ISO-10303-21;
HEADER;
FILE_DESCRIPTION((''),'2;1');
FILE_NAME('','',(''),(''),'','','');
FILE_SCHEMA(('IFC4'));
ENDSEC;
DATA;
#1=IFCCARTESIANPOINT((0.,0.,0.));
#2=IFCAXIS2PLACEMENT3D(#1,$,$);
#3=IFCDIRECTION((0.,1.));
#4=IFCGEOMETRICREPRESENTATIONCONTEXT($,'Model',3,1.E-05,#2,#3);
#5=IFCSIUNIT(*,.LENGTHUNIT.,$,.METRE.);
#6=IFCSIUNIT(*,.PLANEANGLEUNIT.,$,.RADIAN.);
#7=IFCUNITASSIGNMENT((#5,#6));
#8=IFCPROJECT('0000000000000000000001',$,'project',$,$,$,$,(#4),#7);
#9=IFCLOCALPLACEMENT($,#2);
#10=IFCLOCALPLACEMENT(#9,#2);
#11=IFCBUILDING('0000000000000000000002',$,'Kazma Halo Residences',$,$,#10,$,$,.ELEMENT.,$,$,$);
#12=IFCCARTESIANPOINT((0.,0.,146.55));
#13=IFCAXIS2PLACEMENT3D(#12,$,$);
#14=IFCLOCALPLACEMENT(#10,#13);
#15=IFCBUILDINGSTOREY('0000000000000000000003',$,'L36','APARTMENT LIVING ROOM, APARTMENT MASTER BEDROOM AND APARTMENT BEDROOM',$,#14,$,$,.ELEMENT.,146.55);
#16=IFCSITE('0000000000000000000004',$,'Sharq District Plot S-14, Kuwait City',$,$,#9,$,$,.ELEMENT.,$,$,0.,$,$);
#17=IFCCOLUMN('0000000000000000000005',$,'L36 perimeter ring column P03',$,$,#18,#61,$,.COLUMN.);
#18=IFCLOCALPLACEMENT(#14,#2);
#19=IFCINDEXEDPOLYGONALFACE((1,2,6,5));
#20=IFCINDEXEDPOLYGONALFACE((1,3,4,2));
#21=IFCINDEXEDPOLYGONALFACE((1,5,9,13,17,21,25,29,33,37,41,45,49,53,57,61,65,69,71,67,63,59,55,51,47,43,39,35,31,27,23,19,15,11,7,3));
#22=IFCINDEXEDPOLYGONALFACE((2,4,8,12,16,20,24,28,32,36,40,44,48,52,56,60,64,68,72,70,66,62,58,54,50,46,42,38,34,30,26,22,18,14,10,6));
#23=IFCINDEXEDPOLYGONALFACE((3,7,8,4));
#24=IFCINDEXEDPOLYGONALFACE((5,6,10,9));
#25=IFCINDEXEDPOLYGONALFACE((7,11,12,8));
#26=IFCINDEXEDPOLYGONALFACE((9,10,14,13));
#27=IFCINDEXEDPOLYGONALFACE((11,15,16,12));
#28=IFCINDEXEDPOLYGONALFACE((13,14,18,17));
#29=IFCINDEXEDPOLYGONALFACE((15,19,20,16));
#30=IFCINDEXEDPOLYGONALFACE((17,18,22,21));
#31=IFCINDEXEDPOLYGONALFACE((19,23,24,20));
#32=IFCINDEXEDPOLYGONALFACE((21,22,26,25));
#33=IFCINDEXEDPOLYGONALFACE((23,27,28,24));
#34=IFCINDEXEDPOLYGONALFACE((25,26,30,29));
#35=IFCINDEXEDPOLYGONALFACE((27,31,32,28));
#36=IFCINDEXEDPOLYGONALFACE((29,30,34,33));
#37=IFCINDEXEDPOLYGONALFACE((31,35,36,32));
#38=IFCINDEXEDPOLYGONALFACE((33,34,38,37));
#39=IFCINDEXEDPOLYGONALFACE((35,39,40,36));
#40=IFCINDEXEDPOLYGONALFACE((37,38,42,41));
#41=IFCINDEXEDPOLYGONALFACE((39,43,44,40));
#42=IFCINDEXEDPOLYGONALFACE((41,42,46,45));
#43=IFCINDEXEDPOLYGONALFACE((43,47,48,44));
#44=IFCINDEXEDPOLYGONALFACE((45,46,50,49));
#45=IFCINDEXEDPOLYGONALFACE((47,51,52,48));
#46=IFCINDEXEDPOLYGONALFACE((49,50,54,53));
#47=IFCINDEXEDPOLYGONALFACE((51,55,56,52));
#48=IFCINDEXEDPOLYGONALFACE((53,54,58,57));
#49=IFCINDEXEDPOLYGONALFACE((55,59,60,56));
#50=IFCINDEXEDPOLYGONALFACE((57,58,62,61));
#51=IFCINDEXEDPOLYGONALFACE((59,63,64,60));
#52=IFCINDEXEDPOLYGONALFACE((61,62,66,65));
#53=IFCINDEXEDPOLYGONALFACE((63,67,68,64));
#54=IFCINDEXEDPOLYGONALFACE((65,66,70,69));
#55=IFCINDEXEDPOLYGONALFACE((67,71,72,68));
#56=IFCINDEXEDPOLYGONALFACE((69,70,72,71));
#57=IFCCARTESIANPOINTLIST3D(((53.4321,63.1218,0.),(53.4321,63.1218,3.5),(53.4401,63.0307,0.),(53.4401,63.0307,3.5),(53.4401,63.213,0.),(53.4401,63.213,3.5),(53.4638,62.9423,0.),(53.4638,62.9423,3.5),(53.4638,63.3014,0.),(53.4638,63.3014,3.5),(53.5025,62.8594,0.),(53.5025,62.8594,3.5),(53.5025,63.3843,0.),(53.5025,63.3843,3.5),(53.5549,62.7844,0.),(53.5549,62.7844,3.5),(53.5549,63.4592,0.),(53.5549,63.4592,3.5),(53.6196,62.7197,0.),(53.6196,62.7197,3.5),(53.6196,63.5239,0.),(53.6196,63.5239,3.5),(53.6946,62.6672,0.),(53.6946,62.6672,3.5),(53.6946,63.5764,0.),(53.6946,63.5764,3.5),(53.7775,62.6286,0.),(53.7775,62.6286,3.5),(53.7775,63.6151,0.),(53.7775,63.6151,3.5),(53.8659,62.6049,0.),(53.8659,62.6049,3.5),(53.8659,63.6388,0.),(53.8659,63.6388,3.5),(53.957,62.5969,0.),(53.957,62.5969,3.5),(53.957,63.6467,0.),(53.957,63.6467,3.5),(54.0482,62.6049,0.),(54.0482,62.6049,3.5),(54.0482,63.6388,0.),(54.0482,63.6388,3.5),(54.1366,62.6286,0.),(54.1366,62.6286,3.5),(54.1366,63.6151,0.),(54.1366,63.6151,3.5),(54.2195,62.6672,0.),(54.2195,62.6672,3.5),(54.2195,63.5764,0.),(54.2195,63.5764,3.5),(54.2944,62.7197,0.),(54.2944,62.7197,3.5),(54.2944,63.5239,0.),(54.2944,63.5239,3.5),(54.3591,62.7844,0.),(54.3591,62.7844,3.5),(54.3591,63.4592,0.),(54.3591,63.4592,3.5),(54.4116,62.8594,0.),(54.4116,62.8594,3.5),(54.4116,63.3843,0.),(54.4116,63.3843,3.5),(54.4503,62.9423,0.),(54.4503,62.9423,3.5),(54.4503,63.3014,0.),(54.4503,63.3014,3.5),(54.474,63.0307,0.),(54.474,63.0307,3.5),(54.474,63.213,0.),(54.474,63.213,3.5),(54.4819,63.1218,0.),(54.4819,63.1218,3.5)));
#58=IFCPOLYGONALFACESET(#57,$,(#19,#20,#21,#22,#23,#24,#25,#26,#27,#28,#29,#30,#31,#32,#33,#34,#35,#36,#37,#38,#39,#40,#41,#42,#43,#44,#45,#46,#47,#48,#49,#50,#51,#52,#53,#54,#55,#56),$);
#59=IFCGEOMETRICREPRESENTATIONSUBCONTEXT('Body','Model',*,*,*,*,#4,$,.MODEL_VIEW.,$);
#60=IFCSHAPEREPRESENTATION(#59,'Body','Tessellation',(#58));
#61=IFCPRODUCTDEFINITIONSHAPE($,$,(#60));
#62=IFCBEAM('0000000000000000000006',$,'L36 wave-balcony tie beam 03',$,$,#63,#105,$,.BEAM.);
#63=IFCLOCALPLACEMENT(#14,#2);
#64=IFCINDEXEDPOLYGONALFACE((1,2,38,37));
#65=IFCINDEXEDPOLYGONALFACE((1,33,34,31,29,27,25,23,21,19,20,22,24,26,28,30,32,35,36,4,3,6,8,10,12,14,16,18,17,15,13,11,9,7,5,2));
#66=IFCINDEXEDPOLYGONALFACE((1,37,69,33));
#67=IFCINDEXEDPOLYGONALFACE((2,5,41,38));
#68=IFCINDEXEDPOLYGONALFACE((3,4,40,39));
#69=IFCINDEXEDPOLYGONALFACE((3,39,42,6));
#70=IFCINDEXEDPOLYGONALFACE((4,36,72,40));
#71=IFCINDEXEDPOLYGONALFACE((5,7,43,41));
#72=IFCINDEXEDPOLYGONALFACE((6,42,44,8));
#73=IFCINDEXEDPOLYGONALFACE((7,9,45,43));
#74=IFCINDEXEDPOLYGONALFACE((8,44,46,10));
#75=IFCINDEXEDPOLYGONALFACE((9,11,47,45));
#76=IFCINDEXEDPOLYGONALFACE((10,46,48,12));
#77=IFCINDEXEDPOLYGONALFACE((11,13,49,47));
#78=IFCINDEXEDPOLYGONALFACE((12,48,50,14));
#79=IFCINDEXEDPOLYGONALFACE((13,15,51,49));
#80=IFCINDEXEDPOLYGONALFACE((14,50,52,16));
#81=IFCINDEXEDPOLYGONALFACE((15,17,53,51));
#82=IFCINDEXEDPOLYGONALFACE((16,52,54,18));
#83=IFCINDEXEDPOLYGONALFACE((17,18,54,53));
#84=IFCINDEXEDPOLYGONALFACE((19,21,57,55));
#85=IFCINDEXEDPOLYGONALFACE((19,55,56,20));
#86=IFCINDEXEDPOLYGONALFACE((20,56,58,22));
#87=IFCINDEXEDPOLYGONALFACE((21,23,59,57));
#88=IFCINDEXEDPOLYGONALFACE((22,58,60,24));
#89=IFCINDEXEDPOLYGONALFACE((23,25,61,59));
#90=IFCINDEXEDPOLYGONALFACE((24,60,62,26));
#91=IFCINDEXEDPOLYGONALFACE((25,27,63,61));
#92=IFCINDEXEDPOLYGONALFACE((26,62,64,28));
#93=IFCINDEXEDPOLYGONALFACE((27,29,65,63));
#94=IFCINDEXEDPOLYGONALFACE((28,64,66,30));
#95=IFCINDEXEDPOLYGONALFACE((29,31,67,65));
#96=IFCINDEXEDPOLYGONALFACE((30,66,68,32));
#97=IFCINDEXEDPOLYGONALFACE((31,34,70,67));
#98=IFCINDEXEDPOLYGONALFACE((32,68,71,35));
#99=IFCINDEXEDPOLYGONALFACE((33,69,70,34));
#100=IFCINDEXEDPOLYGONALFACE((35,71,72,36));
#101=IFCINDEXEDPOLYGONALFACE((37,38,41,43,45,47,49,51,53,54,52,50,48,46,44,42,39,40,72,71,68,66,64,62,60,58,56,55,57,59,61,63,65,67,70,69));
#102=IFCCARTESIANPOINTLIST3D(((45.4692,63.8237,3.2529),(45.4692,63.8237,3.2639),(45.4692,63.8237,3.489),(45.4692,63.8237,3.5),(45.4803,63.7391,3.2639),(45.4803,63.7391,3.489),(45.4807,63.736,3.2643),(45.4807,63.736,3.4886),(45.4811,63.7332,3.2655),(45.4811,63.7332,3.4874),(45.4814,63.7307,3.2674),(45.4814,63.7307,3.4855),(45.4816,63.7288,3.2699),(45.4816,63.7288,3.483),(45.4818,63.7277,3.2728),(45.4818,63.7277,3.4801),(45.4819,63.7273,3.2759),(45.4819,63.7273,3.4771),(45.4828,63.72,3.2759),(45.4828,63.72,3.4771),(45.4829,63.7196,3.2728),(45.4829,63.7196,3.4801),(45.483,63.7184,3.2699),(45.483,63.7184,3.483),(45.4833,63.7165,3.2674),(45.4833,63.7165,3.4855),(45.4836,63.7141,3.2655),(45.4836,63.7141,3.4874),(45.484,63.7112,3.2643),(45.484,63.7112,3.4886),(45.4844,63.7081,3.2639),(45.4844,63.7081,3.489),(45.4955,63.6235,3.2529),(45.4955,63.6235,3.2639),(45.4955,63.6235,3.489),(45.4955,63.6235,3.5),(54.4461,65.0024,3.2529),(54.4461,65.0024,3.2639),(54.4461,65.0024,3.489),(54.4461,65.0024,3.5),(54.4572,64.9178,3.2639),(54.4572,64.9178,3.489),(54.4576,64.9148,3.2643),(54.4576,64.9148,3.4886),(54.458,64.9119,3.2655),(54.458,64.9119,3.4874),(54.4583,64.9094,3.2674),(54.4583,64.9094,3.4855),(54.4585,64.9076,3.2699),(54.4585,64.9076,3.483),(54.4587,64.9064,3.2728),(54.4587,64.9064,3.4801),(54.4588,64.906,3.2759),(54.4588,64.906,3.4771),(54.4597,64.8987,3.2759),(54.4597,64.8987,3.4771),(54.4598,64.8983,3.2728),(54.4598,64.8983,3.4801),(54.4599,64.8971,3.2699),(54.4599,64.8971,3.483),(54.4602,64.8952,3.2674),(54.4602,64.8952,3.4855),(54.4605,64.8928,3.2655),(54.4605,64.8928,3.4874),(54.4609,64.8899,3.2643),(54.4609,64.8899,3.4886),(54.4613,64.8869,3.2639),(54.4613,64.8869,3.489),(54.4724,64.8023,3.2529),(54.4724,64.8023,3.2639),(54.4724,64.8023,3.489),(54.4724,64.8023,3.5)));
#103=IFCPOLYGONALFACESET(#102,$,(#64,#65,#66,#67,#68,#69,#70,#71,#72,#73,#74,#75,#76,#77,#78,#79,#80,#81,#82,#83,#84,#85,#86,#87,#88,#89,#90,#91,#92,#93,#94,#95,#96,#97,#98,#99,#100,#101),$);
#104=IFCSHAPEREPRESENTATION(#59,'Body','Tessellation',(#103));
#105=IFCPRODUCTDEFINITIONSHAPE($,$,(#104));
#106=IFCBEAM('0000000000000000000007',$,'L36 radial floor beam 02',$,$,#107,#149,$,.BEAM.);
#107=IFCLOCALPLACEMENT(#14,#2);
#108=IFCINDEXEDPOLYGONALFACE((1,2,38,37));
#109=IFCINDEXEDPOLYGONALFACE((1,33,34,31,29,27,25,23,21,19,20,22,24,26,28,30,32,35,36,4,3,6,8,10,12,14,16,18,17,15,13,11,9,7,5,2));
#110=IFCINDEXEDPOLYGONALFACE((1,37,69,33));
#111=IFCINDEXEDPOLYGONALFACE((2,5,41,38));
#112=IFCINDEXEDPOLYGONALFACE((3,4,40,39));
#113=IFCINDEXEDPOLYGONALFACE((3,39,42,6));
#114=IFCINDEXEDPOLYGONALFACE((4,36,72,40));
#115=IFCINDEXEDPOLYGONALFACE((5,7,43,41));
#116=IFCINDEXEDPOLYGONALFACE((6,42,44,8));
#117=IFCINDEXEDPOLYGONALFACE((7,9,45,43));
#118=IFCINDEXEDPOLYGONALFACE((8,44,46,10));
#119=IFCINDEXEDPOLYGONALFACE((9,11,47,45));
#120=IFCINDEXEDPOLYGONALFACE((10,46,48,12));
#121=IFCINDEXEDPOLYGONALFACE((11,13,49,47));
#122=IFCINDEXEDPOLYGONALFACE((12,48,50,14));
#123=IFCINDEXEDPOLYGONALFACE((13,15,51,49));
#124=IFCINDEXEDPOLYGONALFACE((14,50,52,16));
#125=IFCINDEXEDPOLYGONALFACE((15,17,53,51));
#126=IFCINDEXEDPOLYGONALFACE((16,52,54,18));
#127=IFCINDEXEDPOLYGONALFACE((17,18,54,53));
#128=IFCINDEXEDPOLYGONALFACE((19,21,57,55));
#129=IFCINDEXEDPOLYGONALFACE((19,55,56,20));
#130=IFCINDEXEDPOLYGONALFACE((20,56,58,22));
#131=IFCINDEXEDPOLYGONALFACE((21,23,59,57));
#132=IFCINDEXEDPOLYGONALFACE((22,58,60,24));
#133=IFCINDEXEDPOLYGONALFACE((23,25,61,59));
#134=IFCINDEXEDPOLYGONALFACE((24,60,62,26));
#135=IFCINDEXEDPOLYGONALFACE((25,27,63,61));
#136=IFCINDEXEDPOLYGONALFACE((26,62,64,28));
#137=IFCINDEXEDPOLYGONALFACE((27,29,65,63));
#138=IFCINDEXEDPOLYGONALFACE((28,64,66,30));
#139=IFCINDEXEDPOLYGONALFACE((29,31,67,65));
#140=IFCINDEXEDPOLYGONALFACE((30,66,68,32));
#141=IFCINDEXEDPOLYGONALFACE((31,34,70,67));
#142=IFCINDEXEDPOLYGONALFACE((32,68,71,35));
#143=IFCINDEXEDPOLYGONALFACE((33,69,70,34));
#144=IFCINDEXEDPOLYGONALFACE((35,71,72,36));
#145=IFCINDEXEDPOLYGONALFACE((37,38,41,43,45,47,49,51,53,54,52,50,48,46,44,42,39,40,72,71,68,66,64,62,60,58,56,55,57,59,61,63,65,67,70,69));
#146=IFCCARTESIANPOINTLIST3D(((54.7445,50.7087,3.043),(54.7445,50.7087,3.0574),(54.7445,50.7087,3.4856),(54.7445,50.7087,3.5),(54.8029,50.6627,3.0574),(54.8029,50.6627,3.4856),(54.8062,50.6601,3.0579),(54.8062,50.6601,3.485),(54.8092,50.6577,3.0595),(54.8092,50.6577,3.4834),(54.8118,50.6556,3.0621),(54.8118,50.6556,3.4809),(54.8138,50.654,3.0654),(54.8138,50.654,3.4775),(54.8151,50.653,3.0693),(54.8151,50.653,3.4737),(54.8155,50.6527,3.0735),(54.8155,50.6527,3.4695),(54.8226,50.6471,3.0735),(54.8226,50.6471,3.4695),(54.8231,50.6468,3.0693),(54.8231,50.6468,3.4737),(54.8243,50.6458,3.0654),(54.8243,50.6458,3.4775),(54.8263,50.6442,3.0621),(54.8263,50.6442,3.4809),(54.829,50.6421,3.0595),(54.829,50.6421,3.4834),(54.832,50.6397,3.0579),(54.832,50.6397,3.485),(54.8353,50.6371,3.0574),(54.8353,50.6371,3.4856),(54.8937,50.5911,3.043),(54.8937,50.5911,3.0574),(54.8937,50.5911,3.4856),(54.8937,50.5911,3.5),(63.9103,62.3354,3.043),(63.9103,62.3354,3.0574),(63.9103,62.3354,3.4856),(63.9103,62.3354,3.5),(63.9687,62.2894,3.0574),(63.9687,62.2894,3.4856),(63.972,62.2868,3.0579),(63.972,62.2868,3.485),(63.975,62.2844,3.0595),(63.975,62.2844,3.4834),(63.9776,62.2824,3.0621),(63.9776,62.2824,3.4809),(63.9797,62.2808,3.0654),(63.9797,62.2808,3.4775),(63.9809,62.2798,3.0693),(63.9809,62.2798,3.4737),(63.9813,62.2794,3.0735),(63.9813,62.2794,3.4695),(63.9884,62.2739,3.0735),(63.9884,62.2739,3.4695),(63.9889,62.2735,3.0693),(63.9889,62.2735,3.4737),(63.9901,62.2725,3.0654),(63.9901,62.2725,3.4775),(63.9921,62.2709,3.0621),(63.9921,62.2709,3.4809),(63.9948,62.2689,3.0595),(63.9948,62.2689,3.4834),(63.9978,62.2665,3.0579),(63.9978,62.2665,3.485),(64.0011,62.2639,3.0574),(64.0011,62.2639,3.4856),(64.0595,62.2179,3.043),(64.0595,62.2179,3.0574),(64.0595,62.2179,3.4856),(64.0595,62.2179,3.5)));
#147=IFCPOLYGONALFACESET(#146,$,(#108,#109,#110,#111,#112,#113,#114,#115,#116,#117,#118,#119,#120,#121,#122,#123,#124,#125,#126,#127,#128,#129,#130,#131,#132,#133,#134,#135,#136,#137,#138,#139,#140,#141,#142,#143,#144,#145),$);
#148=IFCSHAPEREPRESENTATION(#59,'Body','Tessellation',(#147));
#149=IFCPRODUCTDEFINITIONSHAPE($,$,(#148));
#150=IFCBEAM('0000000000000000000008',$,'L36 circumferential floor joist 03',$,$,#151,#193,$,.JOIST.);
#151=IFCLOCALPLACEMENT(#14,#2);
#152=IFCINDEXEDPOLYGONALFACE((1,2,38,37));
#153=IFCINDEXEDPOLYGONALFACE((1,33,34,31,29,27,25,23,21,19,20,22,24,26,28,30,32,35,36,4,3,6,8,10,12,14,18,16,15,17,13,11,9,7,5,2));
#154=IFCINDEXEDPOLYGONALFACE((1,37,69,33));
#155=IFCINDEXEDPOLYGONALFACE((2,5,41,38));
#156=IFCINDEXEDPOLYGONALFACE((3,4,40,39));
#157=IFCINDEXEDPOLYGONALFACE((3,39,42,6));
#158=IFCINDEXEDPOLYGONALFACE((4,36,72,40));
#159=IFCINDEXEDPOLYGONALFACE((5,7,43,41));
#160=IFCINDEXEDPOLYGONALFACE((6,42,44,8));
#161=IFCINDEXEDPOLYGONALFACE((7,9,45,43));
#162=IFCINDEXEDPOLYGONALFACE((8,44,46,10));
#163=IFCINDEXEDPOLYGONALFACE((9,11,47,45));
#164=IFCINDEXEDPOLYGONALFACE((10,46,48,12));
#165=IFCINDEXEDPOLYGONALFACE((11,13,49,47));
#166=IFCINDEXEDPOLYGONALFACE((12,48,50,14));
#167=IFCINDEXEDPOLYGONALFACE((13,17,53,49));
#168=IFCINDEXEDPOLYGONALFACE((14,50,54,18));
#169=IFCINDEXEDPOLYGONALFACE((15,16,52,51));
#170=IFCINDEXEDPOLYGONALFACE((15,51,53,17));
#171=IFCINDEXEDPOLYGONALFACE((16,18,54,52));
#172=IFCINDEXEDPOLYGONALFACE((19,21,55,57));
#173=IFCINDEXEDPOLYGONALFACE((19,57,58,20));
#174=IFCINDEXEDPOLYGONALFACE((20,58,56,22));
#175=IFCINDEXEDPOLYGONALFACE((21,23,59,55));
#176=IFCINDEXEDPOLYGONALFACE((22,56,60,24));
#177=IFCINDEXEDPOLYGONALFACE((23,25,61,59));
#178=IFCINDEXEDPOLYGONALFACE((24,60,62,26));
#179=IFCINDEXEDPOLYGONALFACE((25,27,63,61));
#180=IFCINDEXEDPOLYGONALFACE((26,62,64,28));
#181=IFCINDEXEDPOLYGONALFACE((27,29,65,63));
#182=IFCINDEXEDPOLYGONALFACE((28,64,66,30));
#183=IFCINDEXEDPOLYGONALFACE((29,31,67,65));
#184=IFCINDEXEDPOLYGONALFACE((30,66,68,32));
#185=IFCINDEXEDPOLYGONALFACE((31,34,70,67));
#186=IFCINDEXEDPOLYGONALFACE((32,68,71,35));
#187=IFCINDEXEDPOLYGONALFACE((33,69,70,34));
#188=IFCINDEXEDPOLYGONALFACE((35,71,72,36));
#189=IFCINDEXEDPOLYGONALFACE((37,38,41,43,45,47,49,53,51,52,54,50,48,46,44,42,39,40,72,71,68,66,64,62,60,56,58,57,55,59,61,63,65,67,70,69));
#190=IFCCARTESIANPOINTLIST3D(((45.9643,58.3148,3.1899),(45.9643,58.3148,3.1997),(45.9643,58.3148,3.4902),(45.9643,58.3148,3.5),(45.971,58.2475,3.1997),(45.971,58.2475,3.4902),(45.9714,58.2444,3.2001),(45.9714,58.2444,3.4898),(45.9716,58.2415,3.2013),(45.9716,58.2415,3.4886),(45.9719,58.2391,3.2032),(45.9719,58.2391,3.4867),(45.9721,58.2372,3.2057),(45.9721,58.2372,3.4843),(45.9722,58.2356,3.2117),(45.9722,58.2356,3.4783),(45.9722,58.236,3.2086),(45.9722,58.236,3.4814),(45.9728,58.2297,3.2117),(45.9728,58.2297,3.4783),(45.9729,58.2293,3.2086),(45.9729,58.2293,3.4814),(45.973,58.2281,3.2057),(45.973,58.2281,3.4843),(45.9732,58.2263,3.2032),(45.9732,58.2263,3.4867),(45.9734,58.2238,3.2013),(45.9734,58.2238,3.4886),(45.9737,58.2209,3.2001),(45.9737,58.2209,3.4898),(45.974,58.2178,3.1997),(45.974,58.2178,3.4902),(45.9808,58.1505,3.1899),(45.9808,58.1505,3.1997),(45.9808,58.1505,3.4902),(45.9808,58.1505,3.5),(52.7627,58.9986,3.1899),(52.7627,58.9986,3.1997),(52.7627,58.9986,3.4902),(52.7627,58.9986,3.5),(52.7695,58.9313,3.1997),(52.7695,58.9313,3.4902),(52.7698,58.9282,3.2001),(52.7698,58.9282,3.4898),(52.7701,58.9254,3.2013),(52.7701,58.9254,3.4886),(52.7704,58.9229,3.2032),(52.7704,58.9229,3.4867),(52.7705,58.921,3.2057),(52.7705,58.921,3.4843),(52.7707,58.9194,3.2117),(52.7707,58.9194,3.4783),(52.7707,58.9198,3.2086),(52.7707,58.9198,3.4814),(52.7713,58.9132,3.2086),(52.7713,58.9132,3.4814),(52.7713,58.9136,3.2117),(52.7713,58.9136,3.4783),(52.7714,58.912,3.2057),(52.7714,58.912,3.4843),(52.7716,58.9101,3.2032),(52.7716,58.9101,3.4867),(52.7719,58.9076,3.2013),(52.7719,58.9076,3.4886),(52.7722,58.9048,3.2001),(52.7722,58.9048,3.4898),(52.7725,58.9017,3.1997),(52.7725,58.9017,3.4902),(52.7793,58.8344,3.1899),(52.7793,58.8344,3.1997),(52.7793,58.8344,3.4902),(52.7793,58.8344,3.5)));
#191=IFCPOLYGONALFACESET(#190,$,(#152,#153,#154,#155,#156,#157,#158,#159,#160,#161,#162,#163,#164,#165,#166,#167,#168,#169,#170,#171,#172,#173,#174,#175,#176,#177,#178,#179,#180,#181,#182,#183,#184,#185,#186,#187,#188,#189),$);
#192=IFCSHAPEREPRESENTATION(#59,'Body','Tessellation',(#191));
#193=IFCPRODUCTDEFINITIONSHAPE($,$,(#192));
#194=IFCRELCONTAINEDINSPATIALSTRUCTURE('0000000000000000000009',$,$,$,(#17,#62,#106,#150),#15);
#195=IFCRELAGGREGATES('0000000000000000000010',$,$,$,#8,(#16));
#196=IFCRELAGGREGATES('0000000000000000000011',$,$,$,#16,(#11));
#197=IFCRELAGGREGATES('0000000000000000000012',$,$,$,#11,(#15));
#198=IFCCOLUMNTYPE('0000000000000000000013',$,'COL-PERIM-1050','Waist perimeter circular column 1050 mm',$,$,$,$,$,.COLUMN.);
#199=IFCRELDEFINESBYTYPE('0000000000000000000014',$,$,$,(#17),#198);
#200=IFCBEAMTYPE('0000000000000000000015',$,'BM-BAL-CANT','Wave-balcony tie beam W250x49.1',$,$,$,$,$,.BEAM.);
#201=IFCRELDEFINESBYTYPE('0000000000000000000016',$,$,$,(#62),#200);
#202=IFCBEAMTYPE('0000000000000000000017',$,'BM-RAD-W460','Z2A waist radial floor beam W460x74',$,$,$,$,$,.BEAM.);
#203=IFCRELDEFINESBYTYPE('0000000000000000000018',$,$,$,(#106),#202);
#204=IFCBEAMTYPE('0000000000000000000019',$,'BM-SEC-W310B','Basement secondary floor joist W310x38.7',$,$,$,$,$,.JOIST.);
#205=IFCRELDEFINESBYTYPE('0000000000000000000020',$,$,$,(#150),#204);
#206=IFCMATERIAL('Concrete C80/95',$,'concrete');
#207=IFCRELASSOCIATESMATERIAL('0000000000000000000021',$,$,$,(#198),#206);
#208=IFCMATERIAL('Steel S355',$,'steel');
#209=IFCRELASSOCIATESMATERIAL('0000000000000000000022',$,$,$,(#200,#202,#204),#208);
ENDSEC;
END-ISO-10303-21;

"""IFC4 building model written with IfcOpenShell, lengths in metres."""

from ifc_helpers import new_model, si_unit, direction, frame, origin, origin_2d, place, context, subcontext, project, spatial, circle, i_section, extrude, material, material_profile, profile_set, type_object, element, save


model = new_model("IFC4")

# Units and contexts
model_context = context("Model", 3, precision=1e-05, world=origin(), true_north=direction((0.0, 1.0)))
body_context = subcontext(model_context, "Body", "Model", "MODEL_VIEW")
ifc_project = project(units=[si_unit("LENGTHUNIT", "METRE"), si_unit("PLANEANGLEUNIT", "RADIAN")], contexts=[model_context])

# Site, building, storey
site_placement = place(None, origin())
site = spatial("IfcSite", under=ifc_project, at=site_placement, Name="Sharq District Plot S-14, Kuwait City", CompositionType="ELEMENT", RefElevation=0.0)
building_placement = place(site_placement, origin())
building = spatial("IfcBuilding", under=site, at=building_placement, Name="Kazma Halo Residences", CompositionType="ELEMENT")
storey_placement = place(building_placement, frame((0.0, 0.0, 146.55)))
storey = spatial("IfcBuildingStorey", under=building, at=storey_placement, Name="L36", Description="APARTMENT LIVING ROOM, APARTMENT MASTER BEDROOM AND APARTMENT BEDROOM", CompositionType="ELEMENT", Elevation=146.55)

# Column
ifc_material_1 = material(Name="Concrete C80/95", Category="concrete")
ifc_material_profile_1 = material_profile(ifc_material_1, circle(Radius=0.5249, at=origin_2d()), Name="CIRC1050")
ifc_profile_set_1 = profile_set([ifc_material_profile_1], Name="Concrete C80/95")
column_type = type_object("IfcColumnType", Name="COL-PERIM-1050", Description="Waist perimeter circular column 1050 mm", PredefinedType="COLUMN", material=ifc_profile_set_1)
column_placement = place(storey_placement, frame((53.957, 63.1218, 0.0), z_axis=(0.0, 0.0, 1.0), x_axis=(1.0, 0.0, 0.0)))
element("IfcColumn", 1, at=column_placement, inside=storey, type_object=column_type, Name="L36 perimeter ring column P03", PredefinedType="COLUMN", context=body_context, shape_type="SweptSolid", body=[
    extrude(circle(Radius=0.5249, at=origin_2d()), origin(), (0.0, 0.0, 1.0), 3.5),
])

# Beams
ifc_material_2 = material(Name="Steel S355", Category="steel")
ifc_material_profile_2 = material_profile(ifc_material_2, i_section(OverallWidth=0.2019, OverallDepth=0.2471, WebThickness=0.0073, FlangeThickness=0.011, FilletRadius=0.012, at=origin_2d()), Name="W250x49.1")
ifc_profile_set_2 = profile_set([ifc_material_profile_2], Name="Steel S355")
beam_type_1 = type_object("IfcBeamType", Name="BM-BAL-CANT", Description="Wave-balcony tie beam W250x49.1", PredefinedType="BEAM", material=ifc_profile_set_2)
beam_1_placement = place(storey_placement, frame((54.4592, 64.9023, 3.3765), z_axis=(-0.991489, -0.130189, 0.0), x_axis=(0.130189, -0.991489, 0.0)))
element("IfcBeam", 2, at=beam_1_placement, inside=storey, type_object=beam_type_1, Name="L36 wave-balcony tie beam 03", PredefinedType="BEAM", context=body_context, shape_type="SweptSolid", body=[
    extrude(i_section(OverallWidth=0.2019, OverallDepth=0.2471, WebThickness=0.0073, FlangeThickness=0.011, FilletRadius=0.012, at=origin_2d()), origin(), (0.0, 0.0, 1.0), 9.054),
])
ifc_material_profile_3 = material_profile(ifc_material_2, i_section(OverallWidth=0.1899, OverallDepth=0.457, WebThickness=0.009, FlangeThickness=0.0144, FilletRadius=0.0161, at=origin_2d()), Name="W460x74")
ifc_profile_set_3 = profile_set([ifc_material_profile_3], Name="Steel S355")
beam_type_2 = type_object("IfcBeamType", Name="BM-RAD-W460", Description="Z2A waist radial floor beam W460x74", PredefinedType="BEAM", material=ifc_profile_set_3)
beam_2_placement = place(storey_placement, frame((54.8191, 50.6499, 3.2715), z_axis=(0.619094, 0.785316, 0.0), x_axis=(-0.785316, 0.619094, 0.0)))
element("IfcBeam", 3, at=beam_2_placement, inside=storey, type_object=beam_type_2, Name="L36 radial floor beam 02", PredefinedType="BEAM", context=body_context, shape_type="SweptSolid", body=[
    extrude(i_section(OverallWidth=0.1899, OverallDepth=0.457, WebThickness=0.009, FlangeThickness=0.0144, FilletRadius=0.0161, at=origin_2d()), origin(), (0.0, 0.0, 1.0), 14.8052),
])
ifc_material_profile_4 = material_profile(ifc_material_2, i_section(OverallWidth=0.165, OverallDepth=0.3101, WebThickness=0.0059, FlangeThickness=0.0098, FilletRadius=0.012, at=origin_2d()), Name="W310x38.7")
ifc_profile_set_4 = profile_set([ifc_material_profile_4], Name="Steel S355")
beam_type_3 = type_object("IfcBeamType", Name="BM-SEC-W310B", Description="Basement secondary floor joist W310x38.7", PredefinedType="JOIST", material=ifc_profile_set_4)
beam_3_placement = place(storey_placement, frame((52.771, 58.9165, 3.345), z_axis=(-0.994979, -0.100084, 0.0), x_axis=(0.100084, -0.994979, 0.0)))
element("IfcBeam", 4, at=beam_3_placement, inside=storey, type_object=beam_type_3, Name="L36 circumferential floor joist 03", PredefinedType="JOIST", context=body_context, shape_type="SweptSolid", body=[
    extrude(i_section(OverallWidth=0.165, OverallDepth=0.3101, WebThickness=0.0059, FlangeThickness=0.0098, FilletRadius=0.012, at=origin_2d()), origin(), (0.0, 0.0, 1.0), 6.8328),
])

save(model, "model.ifc")
